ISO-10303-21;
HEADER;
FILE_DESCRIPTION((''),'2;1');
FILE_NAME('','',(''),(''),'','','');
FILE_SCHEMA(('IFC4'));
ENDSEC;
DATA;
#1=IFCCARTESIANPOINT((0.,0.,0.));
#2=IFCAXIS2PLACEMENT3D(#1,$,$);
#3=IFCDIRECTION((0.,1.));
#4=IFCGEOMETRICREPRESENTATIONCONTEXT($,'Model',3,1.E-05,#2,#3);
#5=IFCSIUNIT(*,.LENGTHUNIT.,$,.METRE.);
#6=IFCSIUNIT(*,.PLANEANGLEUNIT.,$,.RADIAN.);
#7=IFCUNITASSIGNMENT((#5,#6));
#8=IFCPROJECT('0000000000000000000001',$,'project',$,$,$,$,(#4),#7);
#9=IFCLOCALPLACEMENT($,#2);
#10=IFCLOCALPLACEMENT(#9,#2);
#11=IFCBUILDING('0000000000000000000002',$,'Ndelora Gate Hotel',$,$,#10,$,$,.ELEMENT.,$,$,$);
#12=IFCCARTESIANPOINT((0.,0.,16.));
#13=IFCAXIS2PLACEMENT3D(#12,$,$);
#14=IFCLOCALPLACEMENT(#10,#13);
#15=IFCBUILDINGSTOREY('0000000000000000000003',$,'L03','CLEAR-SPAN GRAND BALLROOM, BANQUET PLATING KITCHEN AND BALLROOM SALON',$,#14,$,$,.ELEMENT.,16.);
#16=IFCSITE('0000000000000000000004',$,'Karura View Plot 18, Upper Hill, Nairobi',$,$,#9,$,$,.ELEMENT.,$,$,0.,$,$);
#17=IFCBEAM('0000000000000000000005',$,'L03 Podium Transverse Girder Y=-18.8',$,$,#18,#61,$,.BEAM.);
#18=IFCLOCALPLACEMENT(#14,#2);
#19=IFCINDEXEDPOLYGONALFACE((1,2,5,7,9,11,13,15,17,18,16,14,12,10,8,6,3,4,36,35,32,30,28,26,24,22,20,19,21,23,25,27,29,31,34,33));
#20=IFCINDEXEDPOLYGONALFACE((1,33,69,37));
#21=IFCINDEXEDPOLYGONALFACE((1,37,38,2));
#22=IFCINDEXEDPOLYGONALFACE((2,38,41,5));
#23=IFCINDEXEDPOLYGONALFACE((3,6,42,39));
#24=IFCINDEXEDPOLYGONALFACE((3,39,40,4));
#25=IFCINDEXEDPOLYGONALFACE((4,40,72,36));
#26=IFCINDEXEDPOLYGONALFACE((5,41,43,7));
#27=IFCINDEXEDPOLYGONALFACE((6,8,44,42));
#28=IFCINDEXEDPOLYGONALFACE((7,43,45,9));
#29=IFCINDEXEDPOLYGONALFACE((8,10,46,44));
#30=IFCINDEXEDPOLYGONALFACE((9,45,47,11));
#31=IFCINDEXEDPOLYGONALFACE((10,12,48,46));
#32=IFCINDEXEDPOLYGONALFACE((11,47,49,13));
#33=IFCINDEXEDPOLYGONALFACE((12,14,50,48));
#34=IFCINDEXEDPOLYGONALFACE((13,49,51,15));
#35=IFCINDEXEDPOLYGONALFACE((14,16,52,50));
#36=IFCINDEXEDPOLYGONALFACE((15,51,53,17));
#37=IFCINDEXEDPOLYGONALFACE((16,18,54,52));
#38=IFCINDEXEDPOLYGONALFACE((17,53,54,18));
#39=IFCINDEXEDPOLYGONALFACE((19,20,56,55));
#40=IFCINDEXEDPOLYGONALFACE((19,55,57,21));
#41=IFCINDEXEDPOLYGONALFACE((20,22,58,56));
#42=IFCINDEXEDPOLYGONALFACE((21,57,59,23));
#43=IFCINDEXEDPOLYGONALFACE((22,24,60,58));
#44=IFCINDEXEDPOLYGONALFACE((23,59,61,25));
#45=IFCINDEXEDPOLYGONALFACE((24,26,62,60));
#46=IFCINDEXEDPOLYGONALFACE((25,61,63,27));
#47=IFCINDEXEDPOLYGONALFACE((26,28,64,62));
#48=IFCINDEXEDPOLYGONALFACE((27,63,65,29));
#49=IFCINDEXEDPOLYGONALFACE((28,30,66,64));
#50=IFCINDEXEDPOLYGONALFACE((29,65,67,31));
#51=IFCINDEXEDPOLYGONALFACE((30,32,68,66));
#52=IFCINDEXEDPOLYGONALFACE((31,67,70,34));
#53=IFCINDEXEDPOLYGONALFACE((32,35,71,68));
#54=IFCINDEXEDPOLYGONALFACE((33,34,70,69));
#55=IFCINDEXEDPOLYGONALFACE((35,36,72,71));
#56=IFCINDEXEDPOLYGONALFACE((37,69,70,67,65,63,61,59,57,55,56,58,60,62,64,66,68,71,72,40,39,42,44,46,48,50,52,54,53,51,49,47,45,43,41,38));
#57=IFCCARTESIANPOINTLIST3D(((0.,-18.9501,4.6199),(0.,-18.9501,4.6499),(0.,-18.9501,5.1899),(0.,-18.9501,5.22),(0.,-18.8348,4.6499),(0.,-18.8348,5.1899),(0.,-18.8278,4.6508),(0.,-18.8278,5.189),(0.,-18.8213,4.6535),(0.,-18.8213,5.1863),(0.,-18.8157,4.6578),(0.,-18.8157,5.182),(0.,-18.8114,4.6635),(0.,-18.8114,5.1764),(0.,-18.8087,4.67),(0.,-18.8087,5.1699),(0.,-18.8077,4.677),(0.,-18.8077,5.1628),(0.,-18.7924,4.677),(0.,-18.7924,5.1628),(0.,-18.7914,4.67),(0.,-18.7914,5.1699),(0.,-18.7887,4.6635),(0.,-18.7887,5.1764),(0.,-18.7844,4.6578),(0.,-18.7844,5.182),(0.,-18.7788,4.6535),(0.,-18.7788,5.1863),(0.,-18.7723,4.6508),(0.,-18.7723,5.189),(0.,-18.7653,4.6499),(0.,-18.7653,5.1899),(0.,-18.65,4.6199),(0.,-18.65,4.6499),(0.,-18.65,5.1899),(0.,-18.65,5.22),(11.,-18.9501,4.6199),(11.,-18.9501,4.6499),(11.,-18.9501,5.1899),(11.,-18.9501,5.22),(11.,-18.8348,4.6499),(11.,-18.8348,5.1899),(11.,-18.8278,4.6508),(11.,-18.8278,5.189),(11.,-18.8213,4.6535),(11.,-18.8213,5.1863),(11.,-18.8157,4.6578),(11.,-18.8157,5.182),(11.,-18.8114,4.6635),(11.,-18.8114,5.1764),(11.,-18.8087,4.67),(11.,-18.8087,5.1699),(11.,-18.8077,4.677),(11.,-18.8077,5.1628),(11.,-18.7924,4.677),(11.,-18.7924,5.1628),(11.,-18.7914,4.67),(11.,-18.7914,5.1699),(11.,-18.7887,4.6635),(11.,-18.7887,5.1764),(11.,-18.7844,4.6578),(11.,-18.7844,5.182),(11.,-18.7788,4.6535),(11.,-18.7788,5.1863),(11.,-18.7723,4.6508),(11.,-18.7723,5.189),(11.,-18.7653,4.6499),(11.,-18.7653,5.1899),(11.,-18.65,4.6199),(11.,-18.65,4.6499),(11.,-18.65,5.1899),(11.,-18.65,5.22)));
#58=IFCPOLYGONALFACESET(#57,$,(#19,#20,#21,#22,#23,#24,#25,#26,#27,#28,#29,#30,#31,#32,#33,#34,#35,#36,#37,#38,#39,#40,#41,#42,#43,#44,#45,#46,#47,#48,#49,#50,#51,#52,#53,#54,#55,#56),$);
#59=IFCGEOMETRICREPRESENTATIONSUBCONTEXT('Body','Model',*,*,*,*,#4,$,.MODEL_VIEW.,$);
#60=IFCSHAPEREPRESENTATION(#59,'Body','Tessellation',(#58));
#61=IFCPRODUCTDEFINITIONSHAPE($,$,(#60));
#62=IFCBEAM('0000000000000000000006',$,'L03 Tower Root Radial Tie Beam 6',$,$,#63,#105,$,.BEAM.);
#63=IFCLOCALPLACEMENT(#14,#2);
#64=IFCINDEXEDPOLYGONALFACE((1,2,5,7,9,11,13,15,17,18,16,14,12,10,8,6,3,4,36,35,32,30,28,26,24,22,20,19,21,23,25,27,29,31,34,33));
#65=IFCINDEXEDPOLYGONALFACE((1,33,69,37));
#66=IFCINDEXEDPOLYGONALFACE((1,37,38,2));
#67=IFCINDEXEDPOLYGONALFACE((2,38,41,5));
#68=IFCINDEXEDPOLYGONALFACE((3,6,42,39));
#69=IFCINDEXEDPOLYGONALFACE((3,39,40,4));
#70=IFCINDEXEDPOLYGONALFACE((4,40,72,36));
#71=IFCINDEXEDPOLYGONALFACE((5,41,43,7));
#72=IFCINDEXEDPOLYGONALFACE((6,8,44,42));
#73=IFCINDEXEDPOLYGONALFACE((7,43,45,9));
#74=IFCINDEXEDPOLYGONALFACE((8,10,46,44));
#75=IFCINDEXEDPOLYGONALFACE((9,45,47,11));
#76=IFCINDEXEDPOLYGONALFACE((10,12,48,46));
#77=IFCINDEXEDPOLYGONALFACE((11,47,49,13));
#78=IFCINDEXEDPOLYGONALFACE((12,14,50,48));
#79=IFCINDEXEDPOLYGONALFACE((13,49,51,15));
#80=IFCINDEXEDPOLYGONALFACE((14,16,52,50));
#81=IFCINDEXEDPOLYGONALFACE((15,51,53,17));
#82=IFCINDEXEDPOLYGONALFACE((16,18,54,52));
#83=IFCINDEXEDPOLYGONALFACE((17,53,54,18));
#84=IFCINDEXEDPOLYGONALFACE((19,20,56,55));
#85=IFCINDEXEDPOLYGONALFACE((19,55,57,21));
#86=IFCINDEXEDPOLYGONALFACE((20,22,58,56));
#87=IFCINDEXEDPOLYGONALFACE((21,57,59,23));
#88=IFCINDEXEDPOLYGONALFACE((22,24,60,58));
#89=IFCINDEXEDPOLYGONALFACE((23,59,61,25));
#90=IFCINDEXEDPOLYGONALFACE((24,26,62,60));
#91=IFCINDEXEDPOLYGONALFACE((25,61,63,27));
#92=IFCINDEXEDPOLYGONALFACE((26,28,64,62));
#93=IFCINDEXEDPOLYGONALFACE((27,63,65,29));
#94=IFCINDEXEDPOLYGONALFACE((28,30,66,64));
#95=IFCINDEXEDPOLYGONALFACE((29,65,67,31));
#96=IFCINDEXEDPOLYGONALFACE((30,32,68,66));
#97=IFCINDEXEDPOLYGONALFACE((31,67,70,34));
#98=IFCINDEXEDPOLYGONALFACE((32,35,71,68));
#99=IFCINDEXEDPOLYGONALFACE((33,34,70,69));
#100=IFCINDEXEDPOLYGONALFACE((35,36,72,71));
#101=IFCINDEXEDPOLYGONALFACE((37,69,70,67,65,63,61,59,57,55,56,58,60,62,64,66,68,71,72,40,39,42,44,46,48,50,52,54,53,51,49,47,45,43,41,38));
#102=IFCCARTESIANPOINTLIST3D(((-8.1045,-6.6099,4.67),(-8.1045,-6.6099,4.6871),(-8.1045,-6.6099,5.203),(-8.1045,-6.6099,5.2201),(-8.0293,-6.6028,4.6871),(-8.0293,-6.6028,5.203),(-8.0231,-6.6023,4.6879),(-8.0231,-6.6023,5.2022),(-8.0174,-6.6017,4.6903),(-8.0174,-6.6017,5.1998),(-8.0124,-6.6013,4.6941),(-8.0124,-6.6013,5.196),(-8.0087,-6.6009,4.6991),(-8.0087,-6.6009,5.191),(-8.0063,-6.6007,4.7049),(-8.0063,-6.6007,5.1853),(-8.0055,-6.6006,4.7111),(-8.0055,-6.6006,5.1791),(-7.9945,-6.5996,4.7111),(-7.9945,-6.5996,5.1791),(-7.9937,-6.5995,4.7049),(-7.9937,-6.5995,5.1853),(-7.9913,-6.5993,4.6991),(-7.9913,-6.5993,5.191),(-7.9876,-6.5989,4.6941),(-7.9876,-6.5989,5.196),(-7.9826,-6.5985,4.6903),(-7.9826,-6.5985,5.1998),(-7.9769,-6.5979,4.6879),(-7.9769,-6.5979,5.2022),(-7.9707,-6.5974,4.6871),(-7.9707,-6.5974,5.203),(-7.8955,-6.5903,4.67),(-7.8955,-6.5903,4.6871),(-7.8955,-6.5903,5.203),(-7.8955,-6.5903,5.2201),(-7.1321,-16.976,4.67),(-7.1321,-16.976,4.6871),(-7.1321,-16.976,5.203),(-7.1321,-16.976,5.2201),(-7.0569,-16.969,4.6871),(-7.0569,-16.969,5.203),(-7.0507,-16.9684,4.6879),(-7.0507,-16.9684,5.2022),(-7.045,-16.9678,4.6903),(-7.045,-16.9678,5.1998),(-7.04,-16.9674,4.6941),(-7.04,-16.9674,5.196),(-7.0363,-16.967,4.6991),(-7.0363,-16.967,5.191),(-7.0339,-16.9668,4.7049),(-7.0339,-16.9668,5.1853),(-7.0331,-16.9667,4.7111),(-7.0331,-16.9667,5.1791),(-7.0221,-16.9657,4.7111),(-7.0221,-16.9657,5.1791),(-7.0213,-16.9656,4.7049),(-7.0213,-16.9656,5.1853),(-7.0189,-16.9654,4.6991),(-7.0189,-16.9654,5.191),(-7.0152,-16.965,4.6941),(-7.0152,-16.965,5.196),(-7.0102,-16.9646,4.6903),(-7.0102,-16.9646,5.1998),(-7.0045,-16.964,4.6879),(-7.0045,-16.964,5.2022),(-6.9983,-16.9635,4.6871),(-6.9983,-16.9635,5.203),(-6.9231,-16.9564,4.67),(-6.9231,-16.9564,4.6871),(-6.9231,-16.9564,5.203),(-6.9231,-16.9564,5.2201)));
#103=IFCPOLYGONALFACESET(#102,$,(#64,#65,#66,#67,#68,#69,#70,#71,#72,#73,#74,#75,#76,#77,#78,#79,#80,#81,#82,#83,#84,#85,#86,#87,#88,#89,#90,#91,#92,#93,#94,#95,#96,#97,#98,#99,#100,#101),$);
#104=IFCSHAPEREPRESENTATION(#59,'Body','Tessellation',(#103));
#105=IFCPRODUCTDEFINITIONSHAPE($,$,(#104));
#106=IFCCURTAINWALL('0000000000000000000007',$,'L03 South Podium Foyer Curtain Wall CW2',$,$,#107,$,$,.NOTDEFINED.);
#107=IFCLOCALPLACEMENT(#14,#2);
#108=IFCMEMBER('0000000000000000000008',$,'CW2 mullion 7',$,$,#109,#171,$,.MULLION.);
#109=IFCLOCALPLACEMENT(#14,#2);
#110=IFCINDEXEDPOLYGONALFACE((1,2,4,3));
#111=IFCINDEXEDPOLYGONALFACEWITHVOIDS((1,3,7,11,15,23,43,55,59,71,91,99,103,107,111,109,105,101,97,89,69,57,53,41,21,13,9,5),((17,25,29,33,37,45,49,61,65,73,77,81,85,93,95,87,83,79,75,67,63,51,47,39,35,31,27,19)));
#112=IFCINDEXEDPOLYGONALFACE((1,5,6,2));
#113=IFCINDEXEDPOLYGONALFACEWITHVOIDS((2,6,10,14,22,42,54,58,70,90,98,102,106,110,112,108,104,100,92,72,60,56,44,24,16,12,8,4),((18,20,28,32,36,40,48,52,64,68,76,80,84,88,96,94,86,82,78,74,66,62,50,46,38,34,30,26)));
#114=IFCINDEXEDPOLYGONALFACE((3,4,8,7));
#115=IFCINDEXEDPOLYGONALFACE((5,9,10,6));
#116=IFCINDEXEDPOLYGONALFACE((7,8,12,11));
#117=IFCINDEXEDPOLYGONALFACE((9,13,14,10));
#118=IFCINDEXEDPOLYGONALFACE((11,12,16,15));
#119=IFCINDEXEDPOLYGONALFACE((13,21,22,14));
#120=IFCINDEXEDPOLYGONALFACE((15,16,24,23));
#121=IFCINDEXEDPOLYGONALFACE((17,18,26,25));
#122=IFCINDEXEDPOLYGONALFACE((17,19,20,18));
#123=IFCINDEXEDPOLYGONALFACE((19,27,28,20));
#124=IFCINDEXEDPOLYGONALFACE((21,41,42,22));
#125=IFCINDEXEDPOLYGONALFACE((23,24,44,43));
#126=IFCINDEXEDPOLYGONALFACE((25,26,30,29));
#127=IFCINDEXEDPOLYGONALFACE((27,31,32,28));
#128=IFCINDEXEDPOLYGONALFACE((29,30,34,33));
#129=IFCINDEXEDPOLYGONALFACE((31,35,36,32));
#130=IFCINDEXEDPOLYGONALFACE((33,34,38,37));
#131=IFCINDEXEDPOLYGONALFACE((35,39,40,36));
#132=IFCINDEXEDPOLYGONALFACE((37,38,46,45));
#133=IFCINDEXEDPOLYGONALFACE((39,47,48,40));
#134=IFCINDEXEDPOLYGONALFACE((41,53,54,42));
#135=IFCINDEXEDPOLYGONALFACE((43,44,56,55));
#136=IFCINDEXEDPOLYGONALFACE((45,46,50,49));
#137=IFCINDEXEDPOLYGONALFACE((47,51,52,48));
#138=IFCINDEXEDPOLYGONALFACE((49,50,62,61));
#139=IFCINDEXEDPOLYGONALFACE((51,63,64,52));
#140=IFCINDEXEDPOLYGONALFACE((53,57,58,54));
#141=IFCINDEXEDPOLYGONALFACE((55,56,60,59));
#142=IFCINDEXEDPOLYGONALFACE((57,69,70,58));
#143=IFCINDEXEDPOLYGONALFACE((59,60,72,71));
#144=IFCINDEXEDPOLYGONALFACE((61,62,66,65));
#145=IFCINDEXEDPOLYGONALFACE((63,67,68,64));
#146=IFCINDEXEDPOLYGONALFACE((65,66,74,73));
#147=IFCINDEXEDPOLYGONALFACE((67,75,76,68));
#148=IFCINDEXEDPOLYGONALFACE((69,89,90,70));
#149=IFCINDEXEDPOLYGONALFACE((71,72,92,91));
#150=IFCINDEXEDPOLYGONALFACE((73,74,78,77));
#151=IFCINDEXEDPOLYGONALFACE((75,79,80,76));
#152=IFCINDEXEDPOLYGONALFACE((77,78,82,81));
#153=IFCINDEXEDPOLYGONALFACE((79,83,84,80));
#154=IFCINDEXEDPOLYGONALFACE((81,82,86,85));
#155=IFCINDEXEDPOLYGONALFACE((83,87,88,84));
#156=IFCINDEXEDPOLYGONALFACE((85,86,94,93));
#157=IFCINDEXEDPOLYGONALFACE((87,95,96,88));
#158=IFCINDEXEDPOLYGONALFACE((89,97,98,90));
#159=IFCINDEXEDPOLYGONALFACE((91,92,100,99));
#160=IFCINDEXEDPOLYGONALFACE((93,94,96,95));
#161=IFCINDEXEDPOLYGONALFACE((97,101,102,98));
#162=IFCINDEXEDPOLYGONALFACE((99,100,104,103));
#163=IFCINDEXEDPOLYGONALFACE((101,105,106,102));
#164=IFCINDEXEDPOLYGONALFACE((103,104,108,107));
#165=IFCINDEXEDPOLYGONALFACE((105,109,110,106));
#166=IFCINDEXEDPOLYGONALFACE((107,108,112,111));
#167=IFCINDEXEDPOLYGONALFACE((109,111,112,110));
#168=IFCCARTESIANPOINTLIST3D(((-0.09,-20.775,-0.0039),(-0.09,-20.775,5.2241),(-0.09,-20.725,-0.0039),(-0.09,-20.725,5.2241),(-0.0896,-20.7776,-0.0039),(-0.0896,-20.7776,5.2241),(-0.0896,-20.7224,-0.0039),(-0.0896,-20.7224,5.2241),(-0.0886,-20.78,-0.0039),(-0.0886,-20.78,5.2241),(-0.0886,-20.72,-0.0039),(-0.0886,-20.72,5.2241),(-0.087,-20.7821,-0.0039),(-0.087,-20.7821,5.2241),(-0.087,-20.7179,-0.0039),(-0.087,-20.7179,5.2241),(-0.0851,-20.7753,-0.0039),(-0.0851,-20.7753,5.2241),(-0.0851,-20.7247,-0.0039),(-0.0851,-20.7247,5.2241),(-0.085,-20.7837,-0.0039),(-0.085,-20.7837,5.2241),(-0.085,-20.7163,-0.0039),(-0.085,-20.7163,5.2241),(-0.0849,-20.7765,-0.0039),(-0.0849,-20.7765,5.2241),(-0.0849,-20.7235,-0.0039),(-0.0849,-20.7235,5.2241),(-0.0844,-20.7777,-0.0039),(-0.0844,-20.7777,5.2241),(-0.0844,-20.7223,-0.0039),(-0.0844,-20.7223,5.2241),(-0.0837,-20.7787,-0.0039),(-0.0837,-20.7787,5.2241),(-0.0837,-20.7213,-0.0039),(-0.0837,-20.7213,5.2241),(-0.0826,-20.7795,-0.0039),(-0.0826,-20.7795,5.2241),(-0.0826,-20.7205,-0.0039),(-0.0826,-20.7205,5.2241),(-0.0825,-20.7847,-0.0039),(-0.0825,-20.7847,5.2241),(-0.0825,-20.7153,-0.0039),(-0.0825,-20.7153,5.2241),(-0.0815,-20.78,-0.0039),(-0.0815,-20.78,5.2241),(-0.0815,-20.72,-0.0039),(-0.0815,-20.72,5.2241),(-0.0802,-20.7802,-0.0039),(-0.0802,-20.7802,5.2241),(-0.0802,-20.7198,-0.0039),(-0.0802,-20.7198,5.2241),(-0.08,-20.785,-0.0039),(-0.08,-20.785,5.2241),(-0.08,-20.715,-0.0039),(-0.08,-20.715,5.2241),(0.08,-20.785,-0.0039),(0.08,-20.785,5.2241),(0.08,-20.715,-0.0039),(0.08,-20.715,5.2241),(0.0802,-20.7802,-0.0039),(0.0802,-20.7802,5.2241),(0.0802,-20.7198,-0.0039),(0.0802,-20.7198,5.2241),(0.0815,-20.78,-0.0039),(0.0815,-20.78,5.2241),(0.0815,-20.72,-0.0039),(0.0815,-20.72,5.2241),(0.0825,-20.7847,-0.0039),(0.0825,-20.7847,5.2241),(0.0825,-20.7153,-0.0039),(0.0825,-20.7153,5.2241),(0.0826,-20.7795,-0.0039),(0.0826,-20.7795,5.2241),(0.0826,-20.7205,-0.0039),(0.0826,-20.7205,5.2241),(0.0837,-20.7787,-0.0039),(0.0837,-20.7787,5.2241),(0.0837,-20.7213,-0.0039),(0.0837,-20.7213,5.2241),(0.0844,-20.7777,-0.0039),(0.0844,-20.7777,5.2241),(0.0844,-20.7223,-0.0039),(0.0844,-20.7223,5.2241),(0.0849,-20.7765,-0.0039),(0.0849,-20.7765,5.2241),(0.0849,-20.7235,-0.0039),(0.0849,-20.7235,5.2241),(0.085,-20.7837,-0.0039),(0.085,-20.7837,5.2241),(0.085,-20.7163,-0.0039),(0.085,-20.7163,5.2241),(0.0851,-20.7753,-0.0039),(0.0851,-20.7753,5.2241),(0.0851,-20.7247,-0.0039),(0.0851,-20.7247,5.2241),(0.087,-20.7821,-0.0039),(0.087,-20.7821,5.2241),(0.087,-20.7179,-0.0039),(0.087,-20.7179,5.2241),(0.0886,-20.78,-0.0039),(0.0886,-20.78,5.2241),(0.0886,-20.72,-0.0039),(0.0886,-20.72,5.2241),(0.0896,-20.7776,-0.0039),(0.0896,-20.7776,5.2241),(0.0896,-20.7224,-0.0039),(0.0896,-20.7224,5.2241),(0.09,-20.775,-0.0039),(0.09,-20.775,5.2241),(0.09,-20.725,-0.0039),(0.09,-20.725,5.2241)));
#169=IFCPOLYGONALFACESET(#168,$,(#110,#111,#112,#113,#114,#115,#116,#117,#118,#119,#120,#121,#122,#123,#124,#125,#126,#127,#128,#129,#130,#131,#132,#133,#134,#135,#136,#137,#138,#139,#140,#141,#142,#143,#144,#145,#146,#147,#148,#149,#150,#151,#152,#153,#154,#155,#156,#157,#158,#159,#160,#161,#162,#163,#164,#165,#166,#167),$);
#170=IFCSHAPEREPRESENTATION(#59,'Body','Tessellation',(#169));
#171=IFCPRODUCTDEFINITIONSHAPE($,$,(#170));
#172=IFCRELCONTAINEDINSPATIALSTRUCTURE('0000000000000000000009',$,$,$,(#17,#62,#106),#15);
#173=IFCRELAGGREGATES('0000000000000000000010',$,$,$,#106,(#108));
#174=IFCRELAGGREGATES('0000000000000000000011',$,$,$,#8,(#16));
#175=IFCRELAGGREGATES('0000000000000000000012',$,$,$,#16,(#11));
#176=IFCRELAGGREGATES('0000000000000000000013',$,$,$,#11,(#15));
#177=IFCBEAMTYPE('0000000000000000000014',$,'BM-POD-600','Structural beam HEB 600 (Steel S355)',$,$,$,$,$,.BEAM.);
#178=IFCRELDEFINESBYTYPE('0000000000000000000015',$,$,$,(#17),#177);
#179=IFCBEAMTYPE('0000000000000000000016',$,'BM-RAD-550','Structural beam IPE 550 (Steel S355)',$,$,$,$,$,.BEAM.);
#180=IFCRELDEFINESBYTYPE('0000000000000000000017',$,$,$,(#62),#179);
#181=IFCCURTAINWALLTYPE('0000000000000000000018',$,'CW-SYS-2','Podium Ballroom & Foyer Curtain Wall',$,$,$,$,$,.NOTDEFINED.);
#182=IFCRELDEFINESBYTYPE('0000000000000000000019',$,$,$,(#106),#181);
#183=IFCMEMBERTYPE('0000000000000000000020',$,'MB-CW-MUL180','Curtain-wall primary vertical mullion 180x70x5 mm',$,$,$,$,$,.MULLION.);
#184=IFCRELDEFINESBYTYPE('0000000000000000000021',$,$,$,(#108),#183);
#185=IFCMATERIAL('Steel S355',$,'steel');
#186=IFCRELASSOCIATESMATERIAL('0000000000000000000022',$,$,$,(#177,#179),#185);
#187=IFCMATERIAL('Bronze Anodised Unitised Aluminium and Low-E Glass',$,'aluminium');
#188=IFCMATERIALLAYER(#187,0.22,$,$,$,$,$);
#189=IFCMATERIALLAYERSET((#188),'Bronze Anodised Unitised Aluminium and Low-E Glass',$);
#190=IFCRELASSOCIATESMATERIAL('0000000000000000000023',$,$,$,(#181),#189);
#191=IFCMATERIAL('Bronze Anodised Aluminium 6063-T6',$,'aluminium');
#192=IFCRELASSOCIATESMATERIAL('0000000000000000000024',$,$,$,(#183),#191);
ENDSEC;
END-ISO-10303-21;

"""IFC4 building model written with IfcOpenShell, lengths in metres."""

from ifc_helpers import new_model, si_unit, direction, frame, origin, origin_2d, place, context, subcontext, project, spatial, hollow_rectangle, i_section, extrude, material, layer, layer_set, material_profile, profile_set, type_object, element, aggregate, save


model = new_model("IFC4")

# Units and contexts
model_context = context("Model", 3, precision=1e-05, world=origin(), true_north=direction((0.0, 1.0)))
body_context = subcontext(model_context, "Body", "Model", "MODEL_VIEW")
ifc_project = project(units=[si_unit("LENGTHUNIT", "METRE"), si_unit("PLANEANGLEUNIT", "RADIAN")], contexts=[model_context])

# Site, building, storey
site_placement = place(None, origin())
site = spatial("IfcSite", under=ifc_project, at=site_placement, Name="Karura View Plot 18, Upper Hill, Nairobi", CompositionType="ELEMENT", RefElevation=0.0)
building_placement = place(site_placement, origin())
building = spatial("IfcBuilding", under=site, at=building_placement, Name="Ndelora Gate Hotel", CompositionType="ELEMENT")
storey_placement = place(building_placement, frame((0.0, 0.0, 16.0)))
storey = spatial("IfcBuildingStorey", under=building, at=storey_placement, Name="L03", Description="CLEAR-SPAN GRAND BALLROOM, BANQUET PLATING KITCHEN AND BALLROOM SALON", CompositionType="ELEMENT", Elevation=16.0)

# Beams
ifc_material_1 = material(Name="Steel S355", Category="steel")
ifc_material_profile_1 = material_profile(ifc_material_1, i_section(OverallWidth=0.3, OverallDepth=0.6001, WebThickness=0.0154, FlangeThickness=0.03, FilletRadius=0.0271, at=origin_2d()), Name="HEB 600")
ifc_profile_set_1 = profile_set([ifc_material_profile_1], Name="Steel S355")
beam_type_1 = type_object("IfcBeamType", Name="BM-POD-600", Description="Structural beam HEB 600 (Steel S355)", PredefinedType="BEAM", material=ifc_profile_set_1)
beam_1_placement = place(storey_placement, frame((0.0, -18.8, 4.9199), z_axis=(1.0, 0.0, 0.0), x_axis=(0.0, 1.0, 0.0)))
element("IfcBeam", 1, at=beam_1_placement, inside=storey, type_object=beam_type_1, Name="L03 Podium Transverse Girder Y=-18.8", PredefinedType="BEAM", context=body_context, shape_type="SweptSolid", body=[
    extrude(i_section(OverallWidth=0.3, OverallDepth=0.6001, WebThickness=0.0154, FlangeThickness=0.03, FilletRadius=0.0271, at=origin_2d()), origin(), (0.0, 0.0, 1.0), 11.0),
])
ifc_material_profile_2 = material_profile(ifc_material_1, i_section(OverallWidth=0.21, OverallDepth=0.55, WebThickness=0.011, FlangeThickness=0.0171, FilletRadius=0.0239, at=origin_2d()), Name="IPE 550")
ifc_profile_set_2 = profile_set([ifc_material_profile_2], Name="Steel S355")
beam_type_2 = type_object("IfcBeamType", Name="BM-RAD-550", Description="Structural beam IPE 550 (Steel S355)", PredefinedType="BEAM", material=ifc_profile_set_2)
beam_2_placement = place(storey_placement, frame((-8.0, -6.6001, 4.9451), z_axis=(0.093396, -0.995629, 0.0), x_axis=(0.995629, 0.093396, 0.0)))
element("IfcBeam", 2, at=beam_2_placement, inside=storey, type_object=beam_type_2, Name="L03 Tower Root Radial Tie Beam 6", PredefinedType="BEAM", context=body_context, shape_type="SweptSolid", body=[
    extrude(i_section(OverallWidth=0.21, OverallDepth=0.55, WebThickness=0.011, FlangeThickness=0.0171, FilletRadius=0.0239, at=origin_2d()), origin(), (0.0, 0.0, 1.0), 10.4116),
])

# Curtain wall, member
ifc_material_2 = material(Name="Bronze Anodised Unitised Aluminium and Low-E Glass", Category="aluminium")
ifc_layer_1 = layer(ifc_material_2, 0.22)
ifc_layer_set_1 = layer_set([ifc_layer_1], Name="Bronze Anodised Unitised Aluminium and Low-E Glass")
curtain_wall_type = type_object("IfcCurtainWallType", Name="CW-SYS-2", Description="Podium Ballroom & Foyer Curtain Wall", PredefinedType="NOTDEFINED", material=ifc_layer_set_1)
curtain_wall_placement = place(storey_placement, origin())
curtain_wall = element("IfcCurtainWall", 3, at=curtain_wall_placement, inside=storey, type_object=curtain_wall_type, Name="L03 South Podium Foyer Curtain Wall CW2", PredefinedType="NOTDEFINED")
ifc_material_3 = material(Name="Bronze Anodised Aluminium 6063-T6", Category="aluminium")
ifc_material_profile_3 = material_profile(ifc_material_3, hollow_rectangle(XDim=0.0701, YDim=0.1799, WallThickness=0.0049, InnerFilletRadius=0.0049, OuterFilletRadius=0.01, at=origin_2d()), Name="ALU 180x70x5")
ifc_profile_set_3 = profile_set([ifc_material_profile_3], Name="Bronze Anodised Aluminium 6063-T6")
member_type_1 = type_object("IfcMemberType", Name="MB-CW-MUL180", Description="Curtain-wall primary vertical mullion 180x70x5 mm", PredefinedType="MULLION", material=ifc_profile_set_3)
member_1_placement = place(storey_placement, frame((0.0, -20.75, -0.0039), z_axis=(0.0, 0.0, 1.0), x_axis=(0.0, 1.0, 0.0)))
member_1 = element("IfcMember", 4, at=member_1_placement, type_object=member_type_1, Name="CW2 mullion 7", PredefinedType="MULLION", context=body_context, shape_type="SweptSolid", body=[
    extrude(hollow_rectangle(XDim=0.0701, YDim=0.1799, WallThickness=0.0049, InnerFilletRadius=0.0049, OuterFilletRadius=0.01, at=origin_2d()), origin(), (0.0, 0.0, 1.0), 5.228),
])

aggregate(curtain_wall, [member_1])

save(model, "model.ifc")
